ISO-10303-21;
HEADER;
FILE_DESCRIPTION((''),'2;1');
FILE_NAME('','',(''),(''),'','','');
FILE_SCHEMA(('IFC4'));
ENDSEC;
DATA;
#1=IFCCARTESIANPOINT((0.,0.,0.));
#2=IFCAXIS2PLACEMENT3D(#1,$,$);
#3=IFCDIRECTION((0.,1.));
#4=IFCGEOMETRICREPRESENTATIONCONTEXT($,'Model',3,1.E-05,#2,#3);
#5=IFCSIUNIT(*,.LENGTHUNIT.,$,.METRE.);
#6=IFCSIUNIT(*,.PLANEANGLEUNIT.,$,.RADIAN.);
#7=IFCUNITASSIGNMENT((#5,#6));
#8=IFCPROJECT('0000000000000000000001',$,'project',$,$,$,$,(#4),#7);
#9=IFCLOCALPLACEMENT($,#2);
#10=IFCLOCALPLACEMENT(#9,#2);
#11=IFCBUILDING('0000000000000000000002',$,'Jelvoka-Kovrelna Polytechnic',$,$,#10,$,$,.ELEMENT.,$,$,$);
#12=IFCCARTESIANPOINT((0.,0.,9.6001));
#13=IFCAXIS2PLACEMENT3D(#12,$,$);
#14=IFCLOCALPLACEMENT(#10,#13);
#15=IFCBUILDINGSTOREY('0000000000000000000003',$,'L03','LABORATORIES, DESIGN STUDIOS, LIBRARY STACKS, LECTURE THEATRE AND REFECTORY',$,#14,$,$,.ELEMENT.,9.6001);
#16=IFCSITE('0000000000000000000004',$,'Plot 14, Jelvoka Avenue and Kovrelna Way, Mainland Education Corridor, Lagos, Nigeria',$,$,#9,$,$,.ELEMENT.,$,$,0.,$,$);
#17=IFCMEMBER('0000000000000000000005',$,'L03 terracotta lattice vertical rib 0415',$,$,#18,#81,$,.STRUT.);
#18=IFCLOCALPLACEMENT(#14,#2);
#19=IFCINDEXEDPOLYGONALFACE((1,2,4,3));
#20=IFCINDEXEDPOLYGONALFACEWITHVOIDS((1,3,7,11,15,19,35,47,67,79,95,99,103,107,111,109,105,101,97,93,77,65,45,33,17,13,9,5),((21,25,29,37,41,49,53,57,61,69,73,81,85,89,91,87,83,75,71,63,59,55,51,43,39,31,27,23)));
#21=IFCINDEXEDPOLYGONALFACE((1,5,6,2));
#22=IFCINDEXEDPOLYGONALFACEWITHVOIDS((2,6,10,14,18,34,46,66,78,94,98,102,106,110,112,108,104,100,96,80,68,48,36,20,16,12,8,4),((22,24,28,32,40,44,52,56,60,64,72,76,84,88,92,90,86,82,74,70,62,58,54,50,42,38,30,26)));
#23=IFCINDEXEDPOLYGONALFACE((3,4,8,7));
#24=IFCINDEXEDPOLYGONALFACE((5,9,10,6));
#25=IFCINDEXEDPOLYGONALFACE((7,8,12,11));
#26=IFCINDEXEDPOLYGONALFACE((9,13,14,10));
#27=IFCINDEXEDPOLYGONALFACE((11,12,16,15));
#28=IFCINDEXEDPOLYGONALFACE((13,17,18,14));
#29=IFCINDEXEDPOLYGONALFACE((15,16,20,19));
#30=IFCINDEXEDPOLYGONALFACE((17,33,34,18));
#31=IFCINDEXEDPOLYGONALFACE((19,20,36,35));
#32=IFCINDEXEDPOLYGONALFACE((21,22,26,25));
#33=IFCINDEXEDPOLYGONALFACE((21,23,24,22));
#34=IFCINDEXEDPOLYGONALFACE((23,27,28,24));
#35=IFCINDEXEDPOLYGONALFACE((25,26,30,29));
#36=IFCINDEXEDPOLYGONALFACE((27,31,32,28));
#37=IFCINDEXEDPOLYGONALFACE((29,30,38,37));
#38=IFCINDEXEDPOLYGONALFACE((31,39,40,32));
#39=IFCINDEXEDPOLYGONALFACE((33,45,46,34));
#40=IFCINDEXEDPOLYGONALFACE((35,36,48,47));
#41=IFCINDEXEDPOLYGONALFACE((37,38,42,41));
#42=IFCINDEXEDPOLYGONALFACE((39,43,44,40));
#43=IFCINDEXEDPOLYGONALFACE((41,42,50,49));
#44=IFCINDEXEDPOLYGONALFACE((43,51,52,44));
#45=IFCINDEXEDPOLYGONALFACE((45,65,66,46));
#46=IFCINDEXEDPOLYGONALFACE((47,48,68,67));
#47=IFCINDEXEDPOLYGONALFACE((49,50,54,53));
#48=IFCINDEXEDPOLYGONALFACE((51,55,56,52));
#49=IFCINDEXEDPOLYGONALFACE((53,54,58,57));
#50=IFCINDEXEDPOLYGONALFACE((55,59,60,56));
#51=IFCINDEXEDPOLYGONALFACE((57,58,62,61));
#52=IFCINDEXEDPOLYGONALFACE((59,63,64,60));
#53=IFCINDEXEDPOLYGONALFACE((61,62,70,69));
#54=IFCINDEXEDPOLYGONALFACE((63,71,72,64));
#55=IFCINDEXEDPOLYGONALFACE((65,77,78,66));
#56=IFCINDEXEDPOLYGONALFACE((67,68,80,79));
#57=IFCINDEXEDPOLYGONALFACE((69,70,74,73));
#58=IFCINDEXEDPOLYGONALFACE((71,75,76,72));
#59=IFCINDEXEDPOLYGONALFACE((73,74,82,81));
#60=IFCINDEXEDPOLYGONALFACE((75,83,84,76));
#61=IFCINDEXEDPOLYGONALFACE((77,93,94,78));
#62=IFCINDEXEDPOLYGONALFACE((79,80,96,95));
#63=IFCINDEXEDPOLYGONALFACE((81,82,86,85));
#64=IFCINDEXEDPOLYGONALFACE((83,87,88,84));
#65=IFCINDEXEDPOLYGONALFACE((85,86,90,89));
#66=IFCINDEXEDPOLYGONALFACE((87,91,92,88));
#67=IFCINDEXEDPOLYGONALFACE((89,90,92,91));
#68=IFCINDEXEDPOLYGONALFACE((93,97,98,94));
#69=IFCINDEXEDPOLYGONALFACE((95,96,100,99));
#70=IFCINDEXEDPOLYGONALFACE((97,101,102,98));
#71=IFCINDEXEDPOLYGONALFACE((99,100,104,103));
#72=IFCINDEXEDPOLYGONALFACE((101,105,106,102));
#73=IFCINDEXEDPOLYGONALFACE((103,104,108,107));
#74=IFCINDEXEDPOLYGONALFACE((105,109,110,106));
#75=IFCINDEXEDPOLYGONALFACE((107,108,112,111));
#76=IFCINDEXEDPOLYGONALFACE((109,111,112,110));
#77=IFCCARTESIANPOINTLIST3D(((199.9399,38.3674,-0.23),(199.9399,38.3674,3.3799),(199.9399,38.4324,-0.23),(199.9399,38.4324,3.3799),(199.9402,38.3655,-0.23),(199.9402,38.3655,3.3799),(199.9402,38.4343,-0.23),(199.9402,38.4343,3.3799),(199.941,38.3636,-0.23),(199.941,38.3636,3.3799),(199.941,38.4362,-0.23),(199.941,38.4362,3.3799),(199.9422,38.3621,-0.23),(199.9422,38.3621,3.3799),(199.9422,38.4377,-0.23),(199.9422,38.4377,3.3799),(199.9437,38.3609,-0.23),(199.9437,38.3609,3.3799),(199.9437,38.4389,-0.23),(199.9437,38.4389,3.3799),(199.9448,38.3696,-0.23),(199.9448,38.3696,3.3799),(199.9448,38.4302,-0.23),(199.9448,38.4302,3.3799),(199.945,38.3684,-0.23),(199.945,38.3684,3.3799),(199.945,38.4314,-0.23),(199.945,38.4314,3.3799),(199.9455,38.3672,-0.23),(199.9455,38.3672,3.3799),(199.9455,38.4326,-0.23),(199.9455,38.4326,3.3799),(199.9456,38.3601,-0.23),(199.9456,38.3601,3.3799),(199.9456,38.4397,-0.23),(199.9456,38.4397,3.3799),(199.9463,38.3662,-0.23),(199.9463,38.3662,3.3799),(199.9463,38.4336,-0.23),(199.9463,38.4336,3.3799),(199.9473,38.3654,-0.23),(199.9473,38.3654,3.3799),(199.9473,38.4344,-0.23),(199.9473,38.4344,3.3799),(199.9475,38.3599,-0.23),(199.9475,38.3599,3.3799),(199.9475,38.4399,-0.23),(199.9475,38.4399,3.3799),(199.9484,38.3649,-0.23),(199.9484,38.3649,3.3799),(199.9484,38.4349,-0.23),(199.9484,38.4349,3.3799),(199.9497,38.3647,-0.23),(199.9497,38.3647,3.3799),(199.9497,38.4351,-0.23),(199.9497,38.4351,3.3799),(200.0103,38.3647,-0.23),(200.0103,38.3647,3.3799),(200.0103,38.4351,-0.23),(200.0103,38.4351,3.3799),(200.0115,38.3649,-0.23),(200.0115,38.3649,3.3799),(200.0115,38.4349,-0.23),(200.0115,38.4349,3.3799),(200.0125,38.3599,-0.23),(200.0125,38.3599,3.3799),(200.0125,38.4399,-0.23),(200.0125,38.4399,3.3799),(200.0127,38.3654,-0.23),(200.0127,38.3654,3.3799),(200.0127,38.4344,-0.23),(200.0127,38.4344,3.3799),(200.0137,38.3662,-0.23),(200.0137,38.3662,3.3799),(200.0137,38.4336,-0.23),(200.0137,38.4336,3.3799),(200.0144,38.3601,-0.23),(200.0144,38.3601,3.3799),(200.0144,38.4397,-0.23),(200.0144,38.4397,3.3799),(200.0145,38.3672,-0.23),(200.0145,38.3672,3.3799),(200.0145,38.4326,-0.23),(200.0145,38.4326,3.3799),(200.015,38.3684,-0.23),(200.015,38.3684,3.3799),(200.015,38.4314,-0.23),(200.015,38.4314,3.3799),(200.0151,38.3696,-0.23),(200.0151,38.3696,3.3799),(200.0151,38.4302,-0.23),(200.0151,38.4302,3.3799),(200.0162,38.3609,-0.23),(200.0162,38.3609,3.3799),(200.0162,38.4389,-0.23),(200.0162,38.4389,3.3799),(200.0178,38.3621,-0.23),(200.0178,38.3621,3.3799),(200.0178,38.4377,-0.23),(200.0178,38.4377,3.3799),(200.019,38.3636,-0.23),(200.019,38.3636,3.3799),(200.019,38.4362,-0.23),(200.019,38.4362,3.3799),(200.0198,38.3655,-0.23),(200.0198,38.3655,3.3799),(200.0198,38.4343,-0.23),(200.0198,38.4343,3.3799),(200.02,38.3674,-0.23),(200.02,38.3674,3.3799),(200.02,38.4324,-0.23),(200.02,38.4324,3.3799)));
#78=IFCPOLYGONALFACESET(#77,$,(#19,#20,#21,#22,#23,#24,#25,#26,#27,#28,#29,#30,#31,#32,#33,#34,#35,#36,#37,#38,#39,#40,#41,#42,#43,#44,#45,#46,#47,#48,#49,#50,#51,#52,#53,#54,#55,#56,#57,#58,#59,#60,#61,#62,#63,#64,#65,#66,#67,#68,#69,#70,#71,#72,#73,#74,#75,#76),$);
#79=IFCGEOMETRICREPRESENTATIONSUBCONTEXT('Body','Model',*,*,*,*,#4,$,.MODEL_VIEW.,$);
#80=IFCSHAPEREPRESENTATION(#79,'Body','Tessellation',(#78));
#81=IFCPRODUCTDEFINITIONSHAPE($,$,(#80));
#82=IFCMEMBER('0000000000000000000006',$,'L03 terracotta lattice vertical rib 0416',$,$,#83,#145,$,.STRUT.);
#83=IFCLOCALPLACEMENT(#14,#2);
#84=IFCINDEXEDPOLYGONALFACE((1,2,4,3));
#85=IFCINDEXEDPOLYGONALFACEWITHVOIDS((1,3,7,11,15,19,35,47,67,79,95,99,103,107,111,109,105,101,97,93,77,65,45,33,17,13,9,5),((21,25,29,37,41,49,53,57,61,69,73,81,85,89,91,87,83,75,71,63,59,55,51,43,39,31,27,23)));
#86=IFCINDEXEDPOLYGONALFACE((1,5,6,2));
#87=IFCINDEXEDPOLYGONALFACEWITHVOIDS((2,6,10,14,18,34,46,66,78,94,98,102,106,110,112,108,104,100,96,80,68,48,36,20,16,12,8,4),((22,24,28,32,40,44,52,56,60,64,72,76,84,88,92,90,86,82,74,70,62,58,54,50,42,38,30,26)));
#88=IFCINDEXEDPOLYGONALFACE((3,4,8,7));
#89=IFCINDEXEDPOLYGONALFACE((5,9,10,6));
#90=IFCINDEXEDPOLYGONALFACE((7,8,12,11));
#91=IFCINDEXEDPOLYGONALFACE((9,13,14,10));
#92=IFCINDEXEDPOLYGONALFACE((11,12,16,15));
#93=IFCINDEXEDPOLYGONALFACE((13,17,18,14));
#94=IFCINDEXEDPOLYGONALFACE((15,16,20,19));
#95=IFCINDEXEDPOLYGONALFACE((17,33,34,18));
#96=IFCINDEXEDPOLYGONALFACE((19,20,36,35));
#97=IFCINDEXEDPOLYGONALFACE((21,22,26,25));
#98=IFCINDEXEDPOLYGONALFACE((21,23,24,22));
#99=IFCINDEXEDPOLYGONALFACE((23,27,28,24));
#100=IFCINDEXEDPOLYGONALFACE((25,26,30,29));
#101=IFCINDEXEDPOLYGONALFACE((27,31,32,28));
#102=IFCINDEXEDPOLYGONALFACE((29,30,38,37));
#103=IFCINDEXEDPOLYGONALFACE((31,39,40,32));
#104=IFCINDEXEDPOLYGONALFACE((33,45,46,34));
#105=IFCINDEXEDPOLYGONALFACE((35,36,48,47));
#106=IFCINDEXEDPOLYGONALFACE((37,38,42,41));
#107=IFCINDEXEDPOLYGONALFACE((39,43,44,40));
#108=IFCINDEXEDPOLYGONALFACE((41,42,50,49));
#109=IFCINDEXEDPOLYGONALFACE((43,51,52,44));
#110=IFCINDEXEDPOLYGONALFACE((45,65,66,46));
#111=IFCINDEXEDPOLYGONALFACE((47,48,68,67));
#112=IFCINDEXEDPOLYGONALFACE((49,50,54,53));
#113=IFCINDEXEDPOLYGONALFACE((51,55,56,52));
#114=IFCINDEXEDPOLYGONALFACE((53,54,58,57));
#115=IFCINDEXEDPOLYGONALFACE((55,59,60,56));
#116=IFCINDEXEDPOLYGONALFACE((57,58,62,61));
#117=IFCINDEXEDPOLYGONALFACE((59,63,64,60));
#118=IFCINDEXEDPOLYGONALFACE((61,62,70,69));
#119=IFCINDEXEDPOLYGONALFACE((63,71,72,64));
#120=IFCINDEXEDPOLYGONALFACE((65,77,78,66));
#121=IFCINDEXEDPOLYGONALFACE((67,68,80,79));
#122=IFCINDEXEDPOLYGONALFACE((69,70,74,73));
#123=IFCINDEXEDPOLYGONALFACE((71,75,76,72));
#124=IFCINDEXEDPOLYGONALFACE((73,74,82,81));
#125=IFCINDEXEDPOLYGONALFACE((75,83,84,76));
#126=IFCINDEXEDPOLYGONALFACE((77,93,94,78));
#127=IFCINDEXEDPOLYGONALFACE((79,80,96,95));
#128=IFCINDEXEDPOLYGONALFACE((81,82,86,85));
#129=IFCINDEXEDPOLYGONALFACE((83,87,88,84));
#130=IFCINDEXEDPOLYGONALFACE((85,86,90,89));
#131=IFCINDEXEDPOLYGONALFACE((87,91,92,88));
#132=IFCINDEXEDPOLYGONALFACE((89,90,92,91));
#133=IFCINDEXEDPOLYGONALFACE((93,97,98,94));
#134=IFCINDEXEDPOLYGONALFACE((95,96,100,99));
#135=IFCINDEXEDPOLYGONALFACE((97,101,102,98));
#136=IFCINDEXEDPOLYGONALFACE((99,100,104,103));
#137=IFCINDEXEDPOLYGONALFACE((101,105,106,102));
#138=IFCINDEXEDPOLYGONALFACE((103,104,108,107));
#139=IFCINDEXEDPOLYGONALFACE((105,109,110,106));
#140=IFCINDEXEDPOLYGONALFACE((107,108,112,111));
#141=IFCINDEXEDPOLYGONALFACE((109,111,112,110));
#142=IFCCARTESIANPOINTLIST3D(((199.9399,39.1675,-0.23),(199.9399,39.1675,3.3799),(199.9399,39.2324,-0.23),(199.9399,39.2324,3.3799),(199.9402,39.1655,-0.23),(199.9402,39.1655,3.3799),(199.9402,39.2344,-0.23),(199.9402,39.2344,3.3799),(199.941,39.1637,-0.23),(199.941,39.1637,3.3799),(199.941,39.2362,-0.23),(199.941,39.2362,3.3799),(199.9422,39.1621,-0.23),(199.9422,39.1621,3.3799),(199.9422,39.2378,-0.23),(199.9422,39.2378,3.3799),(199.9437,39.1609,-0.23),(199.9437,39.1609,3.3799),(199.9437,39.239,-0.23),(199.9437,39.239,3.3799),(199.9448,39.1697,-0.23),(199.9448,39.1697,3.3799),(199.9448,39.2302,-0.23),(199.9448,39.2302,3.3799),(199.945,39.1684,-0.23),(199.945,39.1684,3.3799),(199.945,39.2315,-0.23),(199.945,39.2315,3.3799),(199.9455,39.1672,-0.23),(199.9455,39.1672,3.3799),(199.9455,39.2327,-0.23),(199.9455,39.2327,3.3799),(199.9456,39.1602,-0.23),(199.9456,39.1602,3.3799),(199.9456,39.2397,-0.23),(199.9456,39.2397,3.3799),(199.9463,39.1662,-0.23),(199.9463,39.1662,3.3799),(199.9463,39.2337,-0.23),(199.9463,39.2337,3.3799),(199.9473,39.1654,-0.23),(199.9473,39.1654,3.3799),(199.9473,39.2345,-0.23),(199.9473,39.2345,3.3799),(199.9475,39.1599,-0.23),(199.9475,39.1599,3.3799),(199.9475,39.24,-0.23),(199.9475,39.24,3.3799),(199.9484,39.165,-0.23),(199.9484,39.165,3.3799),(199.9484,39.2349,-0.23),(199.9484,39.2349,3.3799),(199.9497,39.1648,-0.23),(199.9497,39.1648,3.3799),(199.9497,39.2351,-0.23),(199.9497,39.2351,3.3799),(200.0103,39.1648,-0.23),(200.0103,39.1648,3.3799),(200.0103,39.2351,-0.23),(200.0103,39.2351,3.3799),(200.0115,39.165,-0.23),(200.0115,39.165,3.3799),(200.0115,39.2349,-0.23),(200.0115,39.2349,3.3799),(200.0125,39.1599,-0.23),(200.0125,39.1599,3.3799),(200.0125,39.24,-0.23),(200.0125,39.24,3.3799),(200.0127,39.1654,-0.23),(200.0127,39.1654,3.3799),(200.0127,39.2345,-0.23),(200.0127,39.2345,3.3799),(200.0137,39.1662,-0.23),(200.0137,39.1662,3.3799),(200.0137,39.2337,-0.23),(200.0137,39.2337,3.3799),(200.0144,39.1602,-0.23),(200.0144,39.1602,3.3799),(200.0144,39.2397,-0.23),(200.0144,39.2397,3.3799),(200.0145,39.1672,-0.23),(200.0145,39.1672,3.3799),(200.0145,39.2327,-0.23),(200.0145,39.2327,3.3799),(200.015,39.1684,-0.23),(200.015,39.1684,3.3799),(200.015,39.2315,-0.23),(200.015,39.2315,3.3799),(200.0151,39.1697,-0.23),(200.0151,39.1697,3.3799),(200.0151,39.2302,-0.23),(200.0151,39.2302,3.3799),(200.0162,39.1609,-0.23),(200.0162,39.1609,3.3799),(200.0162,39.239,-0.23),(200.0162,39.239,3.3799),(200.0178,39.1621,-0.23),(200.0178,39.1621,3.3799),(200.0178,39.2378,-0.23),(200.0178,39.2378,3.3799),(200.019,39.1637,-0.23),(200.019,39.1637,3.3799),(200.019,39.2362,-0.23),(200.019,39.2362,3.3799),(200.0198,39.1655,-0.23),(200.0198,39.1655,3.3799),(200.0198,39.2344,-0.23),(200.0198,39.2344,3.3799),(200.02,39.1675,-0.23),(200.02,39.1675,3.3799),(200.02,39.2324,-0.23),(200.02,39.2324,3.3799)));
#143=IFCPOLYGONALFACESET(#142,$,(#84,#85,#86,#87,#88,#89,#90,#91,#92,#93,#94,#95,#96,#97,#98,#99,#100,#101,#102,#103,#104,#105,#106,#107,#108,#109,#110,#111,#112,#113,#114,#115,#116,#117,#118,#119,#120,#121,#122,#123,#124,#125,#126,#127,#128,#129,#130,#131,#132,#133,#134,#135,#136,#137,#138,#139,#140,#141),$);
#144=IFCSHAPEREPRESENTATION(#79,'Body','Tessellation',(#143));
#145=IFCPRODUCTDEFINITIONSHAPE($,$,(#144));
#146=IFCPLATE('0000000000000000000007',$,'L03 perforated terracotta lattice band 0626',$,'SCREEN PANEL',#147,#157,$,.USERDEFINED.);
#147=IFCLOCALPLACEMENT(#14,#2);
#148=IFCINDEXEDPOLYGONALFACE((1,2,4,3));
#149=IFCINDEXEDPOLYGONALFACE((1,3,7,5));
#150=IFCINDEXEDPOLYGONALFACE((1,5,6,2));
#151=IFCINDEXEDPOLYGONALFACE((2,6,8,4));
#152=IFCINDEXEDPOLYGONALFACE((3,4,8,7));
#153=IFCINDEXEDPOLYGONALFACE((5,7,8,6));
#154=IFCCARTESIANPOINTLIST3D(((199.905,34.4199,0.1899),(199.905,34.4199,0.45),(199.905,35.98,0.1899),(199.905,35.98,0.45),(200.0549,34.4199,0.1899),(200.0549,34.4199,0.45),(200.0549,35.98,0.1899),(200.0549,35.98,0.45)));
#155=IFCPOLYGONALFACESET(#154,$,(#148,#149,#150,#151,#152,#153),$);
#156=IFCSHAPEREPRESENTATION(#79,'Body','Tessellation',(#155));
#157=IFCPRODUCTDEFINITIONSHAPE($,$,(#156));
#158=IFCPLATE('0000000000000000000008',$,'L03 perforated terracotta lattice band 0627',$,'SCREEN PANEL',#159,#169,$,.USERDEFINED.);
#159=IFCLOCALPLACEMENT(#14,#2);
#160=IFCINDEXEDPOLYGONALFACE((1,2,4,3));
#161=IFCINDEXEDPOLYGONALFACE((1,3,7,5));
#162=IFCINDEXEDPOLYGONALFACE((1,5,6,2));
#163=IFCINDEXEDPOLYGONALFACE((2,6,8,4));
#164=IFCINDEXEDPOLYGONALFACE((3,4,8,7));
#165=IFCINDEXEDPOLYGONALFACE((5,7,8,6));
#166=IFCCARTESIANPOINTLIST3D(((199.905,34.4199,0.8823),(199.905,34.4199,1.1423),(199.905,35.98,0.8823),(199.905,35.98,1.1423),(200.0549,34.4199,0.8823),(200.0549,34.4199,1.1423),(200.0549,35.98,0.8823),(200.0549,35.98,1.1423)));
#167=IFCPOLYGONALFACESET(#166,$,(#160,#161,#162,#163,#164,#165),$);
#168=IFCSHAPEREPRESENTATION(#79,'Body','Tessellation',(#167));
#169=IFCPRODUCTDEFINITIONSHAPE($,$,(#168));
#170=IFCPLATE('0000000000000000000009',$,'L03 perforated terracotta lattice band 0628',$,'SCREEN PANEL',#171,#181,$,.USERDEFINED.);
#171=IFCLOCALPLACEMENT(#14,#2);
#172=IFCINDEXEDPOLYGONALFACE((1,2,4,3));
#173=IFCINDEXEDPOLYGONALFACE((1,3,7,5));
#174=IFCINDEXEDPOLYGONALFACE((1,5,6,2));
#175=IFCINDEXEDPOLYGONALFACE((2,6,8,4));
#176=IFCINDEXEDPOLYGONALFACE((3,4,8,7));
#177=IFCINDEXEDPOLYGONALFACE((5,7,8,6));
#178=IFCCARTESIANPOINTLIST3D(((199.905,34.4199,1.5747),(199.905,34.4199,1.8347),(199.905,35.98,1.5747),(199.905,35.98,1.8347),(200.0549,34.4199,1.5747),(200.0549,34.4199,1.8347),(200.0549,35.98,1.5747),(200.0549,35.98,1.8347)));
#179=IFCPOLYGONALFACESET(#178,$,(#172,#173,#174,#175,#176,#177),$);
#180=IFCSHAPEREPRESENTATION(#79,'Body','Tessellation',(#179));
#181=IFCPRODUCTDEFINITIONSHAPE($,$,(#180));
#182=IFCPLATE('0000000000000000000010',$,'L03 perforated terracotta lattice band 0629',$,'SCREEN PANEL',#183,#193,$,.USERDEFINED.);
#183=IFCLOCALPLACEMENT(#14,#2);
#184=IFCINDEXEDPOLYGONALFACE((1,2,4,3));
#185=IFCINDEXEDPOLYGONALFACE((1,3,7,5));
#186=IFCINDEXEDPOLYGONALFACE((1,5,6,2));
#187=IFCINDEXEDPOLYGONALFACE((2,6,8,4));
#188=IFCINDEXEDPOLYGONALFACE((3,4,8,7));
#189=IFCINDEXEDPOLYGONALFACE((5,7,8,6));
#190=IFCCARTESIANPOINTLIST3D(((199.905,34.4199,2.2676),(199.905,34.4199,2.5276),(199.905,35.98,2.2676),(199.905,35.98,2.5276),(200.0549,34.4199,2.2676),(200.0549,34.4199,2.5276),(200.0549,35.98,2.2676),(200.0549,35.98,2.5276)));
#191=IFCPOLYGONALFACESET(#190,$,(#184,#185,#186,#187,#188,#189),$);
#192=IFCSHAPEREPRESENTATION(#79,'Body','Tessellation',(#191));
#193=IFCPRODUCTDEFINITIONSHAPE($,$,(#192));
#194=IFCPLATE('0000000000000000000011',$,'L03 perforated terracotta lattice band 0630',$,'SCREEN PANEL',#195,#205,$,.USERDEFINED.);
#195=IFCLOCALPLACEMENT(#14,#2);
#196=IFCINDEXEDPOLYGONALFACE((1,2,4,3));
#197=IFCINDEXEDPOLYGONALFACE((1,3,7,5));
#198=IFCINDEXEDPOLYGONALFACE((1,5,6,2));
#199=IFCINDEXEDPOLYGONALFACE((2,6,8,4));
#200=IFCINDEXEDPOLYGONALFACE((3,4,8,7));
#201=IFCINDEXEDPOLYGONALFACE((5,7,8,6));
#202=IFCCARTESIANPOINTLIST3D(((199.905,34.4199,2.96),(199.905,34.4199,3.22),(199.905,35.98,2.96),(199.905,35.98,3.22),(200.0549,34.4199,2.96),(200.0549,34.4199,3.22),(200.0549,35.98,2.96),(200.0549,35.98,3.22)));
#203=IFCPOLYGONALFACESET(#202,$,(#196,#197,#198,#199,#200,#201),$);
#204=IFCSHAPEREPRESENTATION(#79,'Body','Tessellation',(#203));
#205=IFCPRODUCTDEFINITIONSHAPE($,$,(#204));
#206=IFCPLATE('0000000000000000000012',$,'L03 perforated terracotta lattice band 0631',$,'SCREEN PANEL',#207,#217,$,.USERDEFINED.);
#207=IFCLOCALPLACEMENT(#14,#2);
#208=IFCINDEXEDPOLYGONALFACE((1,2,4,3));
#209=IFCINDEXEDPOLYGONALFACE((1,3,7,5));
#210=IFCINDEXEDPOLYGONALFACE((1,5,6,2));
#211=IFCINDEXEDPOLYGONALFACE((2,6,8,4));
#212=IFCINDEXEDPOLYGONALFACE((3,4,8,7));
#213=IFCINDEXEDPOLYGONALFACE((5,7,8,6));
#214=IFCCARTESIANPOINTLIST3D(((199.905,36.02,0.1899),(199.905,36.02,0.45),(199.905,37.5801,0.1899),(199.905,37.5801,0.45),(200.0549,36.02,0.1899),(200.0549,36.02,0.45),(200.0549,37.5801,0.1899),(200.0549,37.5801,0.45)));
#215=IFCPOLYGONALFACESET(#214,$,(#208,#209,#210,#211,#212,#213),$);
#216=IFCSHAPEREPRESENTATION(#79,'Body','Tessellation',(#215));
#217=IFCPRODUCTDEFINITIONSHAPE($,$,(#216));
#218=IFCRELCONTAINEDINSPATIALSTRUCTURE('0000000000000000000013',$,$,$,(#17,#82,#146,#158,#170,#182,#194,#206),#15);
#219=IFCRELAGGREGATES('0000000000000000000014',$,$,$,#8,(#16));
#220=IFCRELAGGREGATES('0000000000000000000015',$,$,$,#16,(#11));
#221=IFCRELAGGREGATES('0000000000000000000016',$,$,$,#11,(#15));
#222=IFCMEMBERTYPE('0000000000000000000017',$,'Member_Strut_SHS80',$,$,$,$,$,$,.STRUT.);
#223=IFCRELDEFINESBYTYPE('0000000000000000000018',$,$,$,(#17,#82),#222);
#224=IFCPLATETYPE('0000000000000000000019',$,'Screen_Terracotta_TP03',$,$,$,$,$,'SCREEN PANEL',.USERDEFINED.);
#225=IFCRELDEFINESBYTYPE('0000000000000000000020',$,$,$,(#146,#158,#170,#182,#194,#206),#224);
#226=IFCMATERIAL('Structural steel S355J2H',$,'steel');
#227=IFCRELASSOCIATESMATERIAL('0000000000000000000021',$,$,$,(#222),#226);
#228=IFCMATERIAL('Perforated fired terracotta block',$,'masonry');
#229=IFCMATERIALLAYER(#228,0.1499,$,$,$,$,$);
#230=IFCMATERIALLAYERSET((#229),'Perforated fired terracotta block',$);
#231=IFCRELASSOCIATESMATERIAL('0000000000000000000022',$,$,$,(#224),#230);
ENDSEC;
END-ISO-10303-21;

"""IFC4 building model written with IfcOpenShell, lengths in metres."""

from ifc_helpers import new_model, si_unit, direction, frame, origin, origin_2d, place, context, subcontext, project, spatial, rectangle, hollow_rectangle, extrude, material, layer, layer_set, material_profile, profile_set, type_object, element, save


model = new_model("IFC4")

# Units and contexts
model_context = context("Model", 3, precision=1e-05, world=origin(), true_north=direction((0.0, 1.0)))
body_context = subcontext(model_context, "Body", "Model", "MODEL_VIEW")
ifc_project = project(units=[si_unit("LENGTHUNIT", "METRE"), si_unit("PLANEANGLEUNIT", "RADIAN")], contexts=[model_context])

# Site, building, storey
site_placement = place(None, origin())
site = spatial("IfcSite", under=ifc_project, at=site_placement, Name="Plot 14, Jelvoka Avenue and Kovrelna Way, Mainland Education Corridor, Lagos, Nigeria", CompositionType="ELEMENT", RefElevation=0.0)
building_placement = place(site_placement, origin())
building = spatial("IfcBuilding", under=site, at=building_placement, Name="Jelvoka-Kovrelna Polytechnic", CompositionType="ELEMENT")
storey_placement = place(building_placement, frame((0.0, 0.0, 9.6001)))
storey = spatial("IfcBuildingStorey", under=building, at=storey_placement, Name="L03", Description="LABORATORIES, DESIGN STUDIOS, LIBRARY STACKS, LECTURE THEATRE AND REFECTORY", CompositionType="ELEMENT", Elevation=9.6001)

# Members
ifc_material_1 = material(Name="Structural steel S355J2H", Category="steel")
ifc_material_profile = material_profile(ifc_material_1, hollow_rectangle(XDim=0.0801, YDim=0.0801, WallThickness=0.0049, InnerFilletRadius=0.0049, OuterFilletRadius=0.0076, at=origin_2d()), Name="80x80x5.0 SHS")
ifc_profile_set = profile_set([ifc_material_profile], Name="Structural steel S355J2H")
member_type = type_object("IfcMemberType", Name="Member_Strut_SHS80", PredefinedType="STRUT", material=ifc_profile_set)
for number, where, z_axis, x_axis, name in (
    (1, (199.98, 38.3999, -0.23), (0.0, 0.0, 1.0), (1.0, 0.0, 0.0), "L03 terracotta lattice vertical rib 0415"),
    (2, (199.98, 39.2, -0.23), (0.0, 0.0, 1.0), (1.0, 0.0, 0.0), "L03 terracotta lattice vertical rib 0416"),
):
    element("IfcMember", number, at=place(storey_placement, frame(where, z_axis=z_axis, x_axis=x_axis)), inside=storey, type_object=member_type, Name=name, PredefinedType="STRUT", context=body_context, shape_type="SweptSolid", body=[
        extrude(hollow_rectangle(XDim=0.0801, YDim=0.0801, WallThickness=0.0049, InnerFilletRadius=0.0049, OuterFilletRadius=0.0076, at=origin_2d()), origin(), (0.0, 0.0, 1.0), 3.6099),
    ])

# Plates
ifc_material_2 = material(Name="Perforated fired terracotta block", Category="masonry")
ifc_layer = layer(ifc_material_2, 0.1499)
ifc_layer_set = layer_set([ifc_layer], Name="Perforated fired terracotta block")
plate_type = type_object("IfcPlateType", Name="Screen_Terracotta_TP03", ElementType="SCREEN PANEL", PredefinedType="USERDEFINED", material=ifc_layer_set)
for number, where, z_axis, x_axis, name in (
    (3, (199.98, 35.2, 0.1899), (0.0, 0.0, 1.0), (0.0, 1.0, 0.0), "L03 perforated terracotta lattice band 0626"),
    (4, (199.98, 35.2, 0.8823), (0.0, 0.0, 1.0), (0.0, 1.0, 0.0), "L03 perforated terracotta lattice band 0627"),
    (5, (199.98, 35.2, 1.5747), (0.0, 0.0, 1.0), (0.0, 1.0, 0.0), "L03 perforated terracotta lattice band 0628"),
    (6, (199.98, 35.2, 2.2676), (0.0, 0.0, 1.0), (0.0, 1.0, 0.0), "L03 perforated terracotta lattice band 0629"),
    (7, (199.98, 35.2, 2.96), (0.0, 0.0, 1.0), (0.0, 1.0, 0.0), "L03 perforated terracotta lattice band 0630"),
    (8, (199.98, 36.8, 0.1899), (0.0, 0.0, 1.0), (0.0, 1.0, 0.0), "L03 perforated terracotta lattice band 0631"),
):
    element("IfcPlate", number, at=place(storey_placement, frame(where, z_axis=z_axis, x_axis=x_axis)), inside=storey, type_object=plate_type, Name=name, ObjectType="SCREEN PANEL", PredefinedType="USERDEFINED", context=body_context, shape_type="SweptSolid", body=[
        extrude(rectangle(XDim=1.5601, YDim=0.1499, at=origin_2d()), origin(), (0.0, 0.0, 1.0), 0.26),
    ])

save(model, "model.ifc")
